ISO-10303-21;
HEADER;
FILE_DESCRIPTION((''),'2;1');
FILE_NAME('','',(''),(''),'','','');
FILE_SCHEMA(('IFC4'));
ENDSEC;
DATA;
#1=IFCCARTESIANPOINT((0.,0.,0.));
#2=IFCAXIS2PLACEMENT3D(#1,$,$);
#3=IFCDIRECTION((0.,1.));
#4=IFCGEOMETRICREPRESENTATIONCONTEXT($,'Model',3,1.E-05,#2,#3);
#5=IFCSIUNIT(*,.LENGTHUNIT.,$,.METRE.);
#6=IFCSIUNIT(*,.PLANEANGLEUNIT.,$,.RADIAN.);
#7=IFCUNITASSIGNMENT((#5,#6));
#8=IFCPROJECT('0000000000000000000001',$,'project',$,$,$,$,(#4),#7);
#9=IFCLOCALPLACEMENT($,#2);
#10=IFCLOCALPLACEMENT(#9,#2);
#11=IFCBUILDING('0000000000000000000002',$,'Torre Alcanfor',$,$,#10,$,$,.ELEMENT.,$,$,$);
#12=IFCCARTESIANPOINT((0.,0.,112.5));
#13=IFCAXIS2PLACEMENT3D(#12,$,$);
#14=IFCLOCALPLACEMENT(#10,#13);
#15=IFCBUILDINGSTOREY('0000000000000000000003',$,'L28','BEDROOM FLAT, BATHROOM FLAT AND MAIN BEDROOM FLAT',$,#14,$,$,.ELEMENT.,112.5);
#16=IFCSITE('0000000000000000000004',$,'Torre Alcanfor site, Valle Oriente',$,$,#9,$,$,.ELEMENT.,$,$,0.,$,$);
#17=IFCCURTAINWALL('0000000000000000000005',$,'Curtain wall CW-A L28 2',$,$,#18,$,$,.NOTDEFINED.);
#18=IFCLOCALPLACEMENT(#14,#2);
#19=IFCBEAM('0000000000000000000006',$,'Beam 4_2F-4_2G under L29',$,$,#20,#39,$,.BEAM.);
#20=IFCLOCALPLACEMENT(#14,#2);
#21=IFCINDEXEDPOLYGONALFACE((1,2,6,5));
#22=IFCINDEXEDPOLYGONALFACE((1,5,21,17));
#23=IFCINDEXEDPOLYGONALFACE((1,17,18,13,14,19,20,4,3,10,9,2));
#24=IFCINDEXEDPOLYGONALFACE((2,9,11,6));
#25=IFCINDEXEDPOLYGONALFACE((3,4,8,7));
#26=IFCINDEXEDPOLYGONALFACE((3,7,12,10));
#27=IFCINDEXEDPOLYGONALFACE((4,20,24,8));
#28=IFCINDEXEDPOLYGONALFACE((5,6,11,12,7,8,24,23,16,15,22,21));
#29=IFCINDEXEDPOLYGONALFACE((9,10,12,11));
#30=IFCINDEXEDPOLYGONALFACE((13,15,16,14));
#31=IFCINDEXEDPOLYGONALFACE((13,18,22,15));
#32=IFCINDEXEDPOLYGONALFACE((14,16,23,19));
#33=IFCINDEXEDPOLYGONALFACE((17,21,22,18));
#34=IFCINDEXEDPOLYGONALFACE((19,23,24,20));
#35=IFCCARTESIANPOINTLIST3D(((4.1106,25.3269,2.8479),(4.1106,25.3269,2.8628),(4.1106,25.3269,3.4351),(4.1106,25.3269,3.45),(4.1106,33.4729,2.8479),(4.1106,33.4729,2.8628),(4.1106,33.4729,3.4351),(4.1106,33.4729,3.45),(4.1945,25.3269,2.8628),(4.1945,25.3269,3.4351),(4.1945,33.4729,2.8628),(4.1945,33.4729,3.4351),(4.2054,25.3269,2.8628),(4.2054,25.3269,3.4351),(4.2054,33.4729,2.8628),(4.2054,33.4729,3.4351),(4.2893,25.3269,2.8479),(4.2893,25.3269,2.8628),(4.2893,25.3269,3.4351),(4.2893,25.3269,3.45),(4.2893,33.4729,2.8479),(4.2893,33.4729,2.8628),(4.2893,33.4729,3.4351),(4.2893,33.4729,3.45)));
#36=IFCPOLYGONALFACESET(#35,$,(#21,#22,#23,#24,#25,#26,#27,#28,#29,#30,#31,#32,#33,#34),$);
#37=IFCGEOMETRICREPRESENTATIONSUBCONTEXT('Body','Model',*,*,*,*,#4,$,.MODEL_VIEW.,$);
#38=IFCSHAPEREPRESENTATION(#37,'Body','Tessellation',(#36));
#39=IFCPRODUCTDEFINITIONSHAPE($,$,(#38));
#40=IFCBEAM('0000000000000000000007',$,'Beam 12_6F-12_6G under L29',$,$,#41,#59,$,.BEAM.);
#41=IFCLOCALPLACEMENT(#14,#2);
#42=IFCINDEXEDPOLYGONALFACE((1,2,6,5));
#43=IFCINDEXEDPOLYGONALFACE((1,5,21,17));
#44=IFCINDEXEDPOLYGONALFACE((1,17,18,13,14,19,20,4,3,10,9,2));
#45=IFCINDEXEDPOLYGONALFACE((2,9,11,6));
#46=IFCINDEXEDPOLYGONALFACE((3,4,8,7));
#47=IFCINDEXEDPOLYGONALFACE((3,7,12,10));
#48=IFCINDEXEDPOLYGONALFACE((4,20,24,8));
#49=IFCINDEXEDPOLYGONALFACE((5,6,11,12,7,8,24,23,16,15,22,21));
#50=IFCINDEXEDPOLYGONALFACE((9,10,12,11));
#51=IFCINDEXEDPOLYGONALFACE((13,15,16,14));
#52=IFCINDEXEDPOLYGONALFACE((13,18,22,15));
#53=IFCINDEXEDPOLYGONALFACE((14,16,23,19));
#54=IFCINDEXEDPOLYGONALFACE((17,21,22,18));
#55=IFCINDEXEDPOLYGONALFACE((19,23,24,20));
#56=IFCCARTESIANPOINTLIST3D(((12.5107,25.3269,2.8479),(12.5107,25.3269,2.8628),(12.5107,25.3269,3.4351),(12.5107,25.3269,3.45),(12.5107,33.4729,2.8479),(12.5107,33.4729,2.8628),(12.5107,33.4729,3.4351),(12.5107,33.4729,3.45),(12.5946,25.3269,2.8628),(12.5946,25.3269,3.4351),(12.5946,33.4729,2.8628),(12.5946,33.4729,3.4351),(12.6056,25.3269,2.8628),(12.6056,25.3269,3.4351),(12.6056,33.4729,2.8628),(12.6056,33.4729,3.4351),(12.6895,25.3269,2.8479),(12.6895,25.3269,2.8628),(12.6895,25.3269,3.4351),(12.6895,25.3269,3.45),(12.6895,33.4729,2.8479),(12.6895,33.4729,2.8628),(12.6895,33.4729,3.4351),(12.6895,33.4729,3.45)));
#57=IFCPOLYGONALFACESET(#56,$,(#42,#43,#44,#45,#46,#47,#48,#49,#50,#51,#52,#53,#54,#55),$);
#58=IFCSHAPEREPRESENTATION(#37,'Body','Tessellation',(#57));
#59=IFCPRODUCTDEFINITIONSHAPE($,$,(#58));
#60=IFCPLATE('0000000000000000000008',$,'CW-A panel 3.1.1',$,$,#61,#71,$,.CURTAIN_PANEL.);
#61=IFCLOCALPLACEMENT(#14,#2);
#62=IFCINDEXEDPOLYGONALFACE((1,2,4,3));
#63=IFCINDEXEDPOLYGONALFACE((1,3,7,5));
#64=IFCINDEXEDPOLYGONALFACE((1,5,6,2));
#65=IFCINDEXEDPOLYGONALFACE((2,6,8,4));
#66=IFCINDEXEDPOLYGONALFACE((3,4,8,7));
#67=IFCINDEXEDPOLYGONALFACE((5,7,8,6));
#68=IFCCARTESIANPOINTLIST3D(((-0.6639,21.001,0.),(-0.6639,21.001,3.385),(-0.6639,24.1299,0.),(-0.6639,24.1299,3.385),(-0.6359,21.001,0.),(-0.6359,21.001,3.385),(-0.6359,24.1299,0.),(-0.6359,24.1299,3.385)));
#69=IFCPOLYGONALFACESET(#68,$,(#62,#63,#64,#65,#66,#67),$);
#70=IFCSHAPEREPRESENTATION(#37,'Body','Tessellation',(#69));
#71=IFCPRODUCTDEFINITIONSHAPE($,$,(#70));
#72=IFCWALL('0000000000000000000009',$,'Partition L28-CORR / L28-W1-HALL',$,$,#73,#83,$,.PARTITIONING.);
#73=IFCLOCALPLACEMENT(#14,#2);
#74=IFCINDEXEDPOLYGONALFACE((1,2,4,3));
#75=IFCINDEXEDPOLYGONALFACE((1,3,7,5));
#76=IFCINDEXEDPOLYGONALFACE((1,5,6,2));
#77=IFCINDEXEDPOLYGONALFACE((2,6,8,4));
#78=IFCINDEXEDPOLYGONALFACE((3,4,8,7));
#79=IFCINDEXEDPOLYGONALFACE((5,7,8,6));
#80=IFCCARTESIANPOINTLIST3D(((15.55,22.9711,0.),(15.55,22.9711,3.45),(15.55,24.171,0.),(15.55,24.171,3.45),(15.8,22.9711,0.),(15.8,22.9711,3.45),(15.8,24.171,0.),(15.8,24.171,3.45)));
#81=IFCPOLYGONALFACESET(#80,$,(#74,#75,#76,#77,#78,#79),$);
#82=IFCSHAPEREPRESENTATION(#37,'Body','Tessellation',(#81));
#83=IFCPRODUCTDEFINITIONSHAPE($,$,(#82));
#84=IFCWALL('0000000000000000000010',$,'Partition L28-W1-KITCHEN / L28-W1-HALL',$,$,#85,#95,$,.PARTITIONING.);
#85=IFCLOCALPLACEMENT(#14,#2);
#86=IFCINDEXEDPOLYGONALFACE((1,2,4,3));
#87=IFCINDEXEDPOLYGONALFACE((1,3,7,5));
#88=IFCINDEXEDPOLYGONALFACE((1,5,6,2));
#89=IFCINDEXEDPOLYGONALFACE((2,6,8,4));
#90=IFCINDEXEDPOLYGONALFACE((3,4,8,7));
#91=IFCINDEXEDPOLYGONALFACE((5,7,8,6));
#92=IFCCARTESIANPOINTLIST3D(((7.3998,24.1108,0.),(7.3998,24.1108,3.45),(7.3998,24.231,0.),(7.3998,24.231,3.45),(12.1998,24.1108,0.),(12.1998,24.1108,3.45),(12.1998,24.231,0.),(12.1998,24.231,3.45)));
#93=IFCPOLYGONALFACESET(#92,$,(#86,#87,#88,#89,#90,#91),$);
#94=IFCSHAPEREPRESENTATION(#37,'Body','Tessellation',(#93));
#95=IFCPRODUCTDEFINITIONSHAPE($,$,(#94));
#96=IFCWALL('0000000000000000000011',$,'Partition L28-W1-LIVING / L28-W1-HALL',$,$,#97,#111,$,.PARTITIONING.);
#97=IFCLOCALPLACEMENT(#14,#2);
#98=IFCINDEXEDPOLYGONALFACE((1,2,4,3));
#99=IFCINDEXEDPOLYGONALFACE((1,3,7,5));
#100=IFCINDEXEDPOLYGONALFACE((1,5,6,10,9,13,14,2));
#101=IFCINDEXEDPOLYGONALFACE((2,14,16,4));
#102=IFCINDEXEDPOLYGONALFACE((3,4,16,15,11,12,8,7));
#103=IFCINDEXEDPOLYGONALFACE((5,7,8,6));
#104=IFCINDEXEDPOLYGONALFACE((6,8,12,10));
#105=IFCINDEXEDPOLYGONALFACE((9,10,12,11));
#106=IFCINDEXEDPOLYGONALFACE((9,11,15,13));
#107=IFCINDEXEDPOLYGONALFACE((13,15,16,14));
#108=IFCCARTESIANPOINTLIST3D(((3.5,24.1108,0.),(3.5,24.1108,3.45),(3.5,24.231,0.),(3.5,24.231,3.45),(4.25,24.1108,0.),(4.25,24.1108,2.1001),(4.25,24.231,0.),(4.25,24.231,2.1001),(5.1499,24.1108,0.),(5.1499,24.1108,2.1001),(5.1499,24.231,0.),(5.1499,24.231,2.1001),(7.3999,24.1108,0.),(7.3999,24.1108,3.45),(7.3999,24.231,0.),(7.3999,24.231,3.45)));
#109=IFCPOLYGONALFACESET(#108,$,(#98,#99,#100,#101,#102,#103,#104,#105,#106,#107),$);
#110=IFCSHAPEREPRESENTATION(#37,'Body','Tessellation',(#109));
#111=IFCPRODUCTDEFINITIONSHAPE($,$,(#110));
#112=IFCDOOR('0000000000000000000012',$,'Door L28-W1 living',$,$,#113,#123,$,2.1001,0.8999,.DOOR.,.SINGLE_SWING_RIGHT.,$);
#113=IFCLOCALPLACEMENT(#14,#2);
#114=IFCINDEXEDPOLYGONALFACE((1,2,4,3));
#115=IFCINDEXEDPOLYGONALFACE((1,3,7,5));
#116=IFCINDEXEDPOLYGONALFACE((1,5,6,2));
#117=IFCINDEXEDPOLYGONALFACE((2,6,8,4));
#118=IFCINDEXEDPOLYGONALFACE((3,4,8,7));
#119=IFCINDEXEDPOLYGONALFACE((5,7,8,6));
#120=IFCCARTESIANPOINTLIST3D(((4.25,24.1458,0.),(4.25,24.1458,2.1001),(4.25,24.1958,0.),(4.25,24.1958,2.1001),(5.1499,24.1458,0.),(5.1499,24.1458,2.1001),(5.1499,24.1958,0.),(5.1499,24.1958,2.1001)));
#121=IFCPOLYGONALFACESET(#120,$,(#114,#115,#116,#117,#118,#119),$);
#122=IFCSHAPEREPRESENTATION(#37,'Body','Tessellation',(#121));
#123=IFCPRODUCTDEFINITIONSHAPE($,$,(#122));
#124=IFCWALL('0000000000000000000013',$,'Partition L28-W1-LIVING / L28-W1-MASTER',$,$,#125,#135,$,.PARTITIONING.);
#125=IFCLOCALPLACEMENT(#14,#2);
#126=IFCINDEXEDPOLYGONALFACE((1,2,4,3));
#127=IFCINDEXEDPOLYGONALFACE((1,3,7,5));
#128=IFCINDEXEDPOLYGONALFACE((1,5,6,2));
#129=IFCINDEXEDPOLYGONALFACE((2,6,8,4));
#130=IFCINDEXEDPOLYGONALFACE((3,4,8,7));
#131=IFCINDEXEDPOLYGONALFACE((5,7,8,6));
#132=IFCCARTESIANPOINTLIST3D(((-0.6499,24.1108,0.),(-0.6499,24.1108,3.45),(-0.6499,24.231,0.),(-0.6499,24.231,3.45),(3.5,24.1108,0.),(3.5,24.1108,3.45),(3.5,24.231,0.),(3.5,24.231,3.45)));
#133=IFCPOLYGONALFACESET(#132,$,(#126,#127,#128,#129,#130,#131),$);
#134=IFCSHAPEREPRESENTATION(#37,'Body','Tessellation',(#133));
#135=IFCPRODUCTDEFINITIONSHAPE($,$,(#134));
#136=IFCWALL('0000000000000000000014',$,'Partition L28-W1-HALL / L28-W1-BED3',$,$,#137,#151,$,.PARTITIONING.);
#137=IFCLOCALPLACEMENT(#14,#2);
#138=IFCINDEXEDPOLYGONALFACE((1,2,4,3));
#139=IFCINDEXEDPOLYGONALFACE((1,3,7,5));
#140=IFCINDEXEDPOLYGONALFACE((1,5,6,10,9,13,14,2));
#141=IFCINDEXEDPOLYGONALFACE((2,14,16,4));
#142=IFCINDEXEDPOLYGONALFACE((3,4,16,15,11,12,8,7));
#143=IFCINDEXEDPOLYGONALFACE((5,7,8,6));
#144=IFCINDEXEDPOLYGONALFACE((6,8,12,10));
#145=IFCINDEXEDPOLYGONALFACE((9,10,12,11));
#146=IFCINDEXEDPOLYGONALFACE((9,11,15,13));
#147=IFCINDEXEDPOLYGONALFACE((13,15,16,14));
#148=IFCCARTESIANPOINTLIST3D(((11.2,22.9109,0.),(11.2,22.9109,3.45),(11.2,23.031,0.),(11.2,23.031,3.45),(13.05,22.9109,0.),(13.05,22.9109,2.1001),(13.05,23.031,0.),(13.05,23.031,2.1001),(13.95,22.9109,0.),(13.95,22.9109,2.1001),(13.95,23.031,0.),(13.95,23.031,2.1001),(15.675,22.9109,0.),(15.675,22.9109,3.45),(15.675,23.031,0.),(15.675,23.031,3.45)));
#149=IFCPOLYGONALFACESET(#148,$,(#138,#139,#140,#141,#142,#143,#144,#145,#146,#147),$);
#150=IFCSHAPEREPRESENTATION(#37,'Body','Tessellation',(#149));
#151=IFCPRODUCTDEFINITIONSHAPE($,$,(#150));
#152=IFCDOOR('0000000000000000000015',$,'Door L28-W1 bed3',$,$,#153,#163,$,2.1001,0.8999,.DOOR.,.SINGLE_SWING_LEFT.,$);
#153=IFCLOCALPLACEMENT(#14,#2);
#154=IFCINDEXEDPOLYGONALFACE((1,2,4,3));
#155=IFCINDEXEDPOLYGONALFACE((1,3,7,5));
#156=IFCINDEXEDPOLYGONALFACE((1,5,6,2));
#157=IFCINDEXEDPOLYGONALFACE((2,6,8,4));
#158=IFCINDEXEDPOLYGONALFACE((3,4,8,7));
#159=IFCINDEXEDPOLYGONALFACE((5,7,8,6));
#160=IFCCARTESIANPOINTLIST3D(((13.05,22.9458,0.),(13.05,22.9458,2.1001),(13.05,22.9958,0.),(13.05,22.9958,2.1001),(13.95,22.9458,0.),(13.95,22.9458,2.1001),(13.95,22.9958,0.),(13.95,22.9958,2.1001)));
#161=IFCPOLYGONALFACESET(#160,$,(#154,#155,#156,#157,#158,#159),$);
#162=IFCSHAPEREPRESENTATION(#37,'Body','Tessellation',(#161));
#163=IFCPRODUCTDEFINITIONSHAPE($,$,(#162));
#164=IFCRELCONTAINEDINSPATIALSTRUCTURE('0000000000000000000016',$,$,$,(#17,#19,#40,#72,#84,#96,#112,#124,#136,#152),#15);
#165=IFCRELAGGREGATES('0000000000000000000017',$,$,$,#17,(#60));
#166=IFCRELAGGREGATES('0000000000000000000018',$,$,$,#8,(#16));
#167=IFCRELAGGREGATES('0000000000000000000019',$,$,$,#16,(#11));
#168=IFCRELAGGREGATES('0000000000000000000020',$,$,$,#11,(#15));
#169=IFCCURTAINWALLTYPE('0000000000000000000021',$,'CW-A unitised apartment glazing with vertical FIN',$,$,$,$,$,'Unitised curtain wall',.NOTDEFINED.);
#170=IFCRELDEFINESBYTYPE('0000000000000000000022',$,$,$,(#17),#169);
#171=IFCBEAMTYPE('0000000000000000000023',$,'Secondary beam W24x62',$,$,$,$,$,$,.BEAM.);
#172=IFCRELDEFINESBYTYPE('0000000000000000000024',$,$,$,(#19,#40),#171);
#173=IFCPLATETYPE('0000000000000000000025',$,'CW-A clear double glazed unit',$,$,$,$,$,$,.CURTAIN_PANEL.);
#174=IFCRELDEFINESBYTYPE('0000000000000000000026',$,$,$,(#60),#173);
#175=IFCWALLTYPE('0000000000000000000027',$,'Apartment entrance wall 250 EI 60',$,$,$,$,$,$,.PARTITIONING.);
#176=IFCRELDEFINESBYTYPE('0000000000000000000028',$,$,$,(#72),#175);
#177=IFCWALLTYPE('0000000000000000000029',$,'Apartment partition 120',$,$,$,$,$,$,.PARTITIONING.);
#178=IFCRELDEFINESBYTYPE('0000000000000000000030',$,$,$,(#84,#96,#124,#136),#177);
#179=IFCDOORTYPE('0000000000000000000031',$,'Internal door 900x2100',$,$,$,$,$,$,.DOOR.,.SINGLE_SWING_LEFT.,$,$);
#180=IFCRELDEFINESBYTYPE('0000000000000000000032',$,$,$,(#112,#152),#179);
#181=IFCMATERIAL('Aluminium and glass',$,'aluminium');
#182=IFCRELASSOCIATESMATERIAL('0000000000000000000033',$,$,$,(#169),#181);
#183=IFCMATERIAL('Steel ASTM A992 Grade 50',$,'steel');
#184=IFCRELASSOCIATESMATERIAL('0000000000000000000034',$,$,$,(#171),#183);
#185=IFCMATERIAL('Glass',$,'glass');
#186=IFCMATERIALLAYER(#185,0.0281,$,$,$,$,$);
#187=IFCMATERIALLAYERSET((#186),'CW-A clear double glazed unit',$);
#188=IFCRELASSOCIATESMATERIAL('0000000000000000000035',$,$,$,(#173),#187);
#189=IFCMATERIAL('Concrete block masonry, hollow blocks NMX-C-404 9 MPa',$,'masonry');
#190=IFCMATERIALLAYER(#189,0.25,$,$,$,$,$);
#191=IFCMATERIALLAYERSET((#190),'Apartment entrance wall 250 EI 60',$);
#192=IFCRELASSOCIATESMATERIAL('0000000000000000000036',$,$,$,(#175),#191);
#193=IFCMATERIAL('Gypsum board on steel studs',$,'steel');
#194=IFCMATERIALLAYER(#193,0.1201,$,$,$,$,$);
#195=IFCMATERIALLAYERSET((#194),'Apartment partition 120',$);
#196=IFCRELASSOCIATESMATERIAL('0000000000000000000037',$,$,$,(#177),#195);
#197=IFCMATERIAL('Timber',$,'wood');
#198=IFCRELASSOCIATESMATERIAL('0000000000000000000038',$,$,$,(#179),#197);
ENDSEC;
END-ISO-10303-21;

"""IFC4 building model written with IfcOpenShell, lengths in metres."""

from ifc_helpers import new_model, si_unit, direction, frame, frame_2d, origin, origin_2d, place, context, subcontext, project, spatial, rectangle, i_section, extrude, material, layer, layer_set, material_profile, profile_set, type_object, element, fill, aggregate, save


model = new_model("IFC4")

# Units and contexts
model_context = context("Model", 3, precision=1e-05, world=origin(), true_north=direction((0.0, 1.0)))
body_context = subcontext(model_context, "Body", "Model", "MODEL_VIEW")
ifc_project = project(units=[si_unit("LENGTHUNIT", "METRE"), si_unit("PLANEANGLEUNIT", "RADIAN")], contexts=[model_context])

# Site, building, storey
site_placement = place(None, origin())
site = spatial("IfcSite", under=ifc_project, at=site_placement, Name="Torre Alcanfor site, Valle Oriente", CompositionType="ELEMENT", RefElevation=0.0)
building_placement = place(site_placement, origin())
building = spatial("IfcBuilding", under=site, at=building_placement, Name="Torre Alcanfor", CompositionType="ELEMENT")
storey_placement = place(building_placement, frame((0.0, 0.0, 112.5)))
storey = spatial("IfcBuildingStorey", under=building, at=storey_placement, Name="L28", Description="BEDROOM FLAT, BATHROOM FLAT AND MAIN BEDROOM FLAT", CompositionType="ELEMENT", Elevation=112.5)

# Curtain wall
ifc_material_1 = material(Name="Aluminium and glass", Category="aluminium")
curtain_wall_type = type_object("IfcCurtainWallType", Name="CW-A unitised apartment glazing with vertical FIN", ElementType="Unitised curtain wall", PredefinedType="NOTDEFINED", material=ifc_material_1)
curtain_wall_placement = place(storey_placement, origin())
curtain_wall = element("IfcCurtainWall", 1, at=curtain_wall_placement, inside=storey, type_object=curtain_wall_type, Name="Curtain wall CW-A L28 2", PredefinedType="NOTDEFINED")

# Beams
ifc_material_2 = material(Name="Steel ASTM A992 Grade 50", Category="steel")
ifc_material_profile_1 = material_profile(ifc_material_2, i_section(OverallWidth=0.1787, OverallDepth=0.6021, WebThickness=0.011, FlangeThickness=0.0149, at=origin_2d()), Name="W24x62")
ifc_profile_set_1 = profile_set([ifc_material_profile_1], Name="Steel ASTM A992 Grade 50")
beam_type_1 = type_object("IfcBeamType", Name="Secondary beam W24x62", PredefinedType="BEAM", material=ifc_profile_set_1)
for number, where, z_axis, x_axis, name in (
    (2, (4.2, 25.3269, 3.1489), (0.0, 1.0, 0.0), (-1.0, 0.0, 0.0), "Beam 4_2F-4_2G under L29"),
    (3, (12.6001, 25.3269, 3.1489), (0.0, 1.0, 0.0), (-1.0, 0.0, 0.0), "Beam 12_6F-12_6G under L29"),
):
    element("IfcBeam", number, at=place(storey_placement, frame(where, z_axis=z_axis, x_axis=x_axis)), inside=storey, type_object=beam_type_1, Name=name, PredefinedType="BEAM", context=body_context, shape_type="SweptSolid", body=[
        extrude(i_section(OverallWidth=0.1787, OverallDepth=0.6021, WebThickness=0.011, FlangeThickness=0.0149, at=origin_2d()), origin(), (0.0, 0.0, 1.0), 8.146),
    ])

# Plate
ifc_material_3 = material(Name="Glass", Category="glass")
ifc_layer_1 = layer(ifc_material_3, 0.0281)
ifc_layer_set_1 = layer_set([ifc_layer_1], Name="CW-A clear double glazed unit")
plate_type = type_object("IfcPlateType", Name="CW-A clear double glazed unit", PredefinedType="CURTAIN_PANEL", material=ifc_layer_set_1)
plate_placement = place(storey_placement, frame((-0.6499, 22.5654, 0.0), z_axis=(0.0, 0.0, 1.0), x_axis=(0.0, -1.0, 0.0)))
plate = element("IfcPlate", 4, at=plate_placement, type_object=plate_type, Name="CW-A panel 3.1.1", PredefinedType="CURTAIN_PANEL", context=body_context, shape_type="SweptSolid", body=[
    extrude(rectangle(XDim=3.1289, YDim=0.0281, at=origin_2d()), origin(), (0.0, 0.0, 1.0), 3.385),
])
aggregate(curtain_wall, [plate])

# Walls
ifc_material_4 = material(Name="Concrete block masonry, hollow blocks NMX-C-404 9 MPa", Category="masonry")
ifc_layer_2 = layer(ifc_material_4, 0.25)
ifc_layer_set_2 = layer_set([ifc_layer_2], Name="Apartment entrance wall 250 EI 60")
wall_type_1 = type_object("IfcWallType", Name="Apartment entrance wall 250 EI 60", PredefinedType="PARTITIONING", material=ifc_layer_set_2)
wall_1_placement = place(storey_placement, frame((15.675, 22.9709, 0.0), z_axis=(0.0, 0.0, 1.0), x_axis=(0.0, 1.0, 0.0)))
element("IfcWall", 5, at=wall_1_placement, inside=storey, type_object=wall_type_1, Name="Partition L28-CORR / L28-W1-HALL", PredefinedType="PARTITIONING", context=body_context, shape_type="SweptSolid", body=[
    extrude(rectangle(XDim=1.2, YDim=0.25, at=frame_2d((0.6001, 0.0))), origin(), (0.0, 0.0, 1.0), 3.45),
])
ifc_material_5 = material(Name="Gypsum board on steel studs", Category="steel")
ifc_layer_3 = layer(ifc_material_5, 0.1201)
ifc_layer_set_3 = layer_set([ifc_layer_3], Name="Apartment partition 120")
wall_type_2 = type_object("IfcWallType", Name="Apartment partition 120", PredefinedType="PARTITIONING", material=ifc_layer_set_3)
wall_2_placement = place(storey_placement, frame((7.3999, 24.1709, 0.0), z_axis=(0.0, 0.0, 1.0), x_axis=(1.0, 0.0, 0.0)))
element("IfcWall", 6, at=wall_2_placement, inside=storey, type_object=wall_type_2, Name="Partition L28-W1-KITCHEN / L28-W1-HALL", PredefinedType="PARTITIONING", context=body_context, shape_type="SweptSolid", body=[
    extrude(rectangle(XDim=4.8, YDim=0.1201, at=frame_2d((2.3999, 0.0))), origin(), (0.0, 0.0, 1.0), 3.45),
])

# Wall, opening, door
wall_3_placement = place(storey_placement, frame((3.5, 24.1709, 0.0), z_axis=(0.0, 0.0, 1.0), x_axis=(1.0, 0.0, 0.0)))
wall_3 = element("IfcWall", 7, at=wall_3_placement, inside=storey, type_object=wall_type_2, Name="Partition L28-W1-LIVING / L28-W1-HALL", PredefinedType="PARTITIONING", context=body_context, shape_type="SweptSolid", body=[
    extrude(rectangle(XDim=3.8999, YDim=0.1201, at=frame_2d((1.95, 0.0))), origin(), (0.0, 0.0, 1.0), 3.45),
])
opening_1_placement = place(wall_3_placement, frame((0.75, 0.0, 0.0)))
opening_1 = element("IfcOpeningElement", 8, at=opening_1_placement, cuts=wall_3, PredefinedType="OPENING", context=body_context, shape_type="SweptSolid", body=[
    extrude(rectangle(XDim=0.8999, YDim=2.1001, at=frame_2d((0.45, 1.05))), frame((0.0, 0.0701, 0.0), z_axis=(0.0, -1.0, 0.0), x_axis=(1.0, 0.0, 0.0)), (0.0, 0.0, 1.0), 0.1401),
])
ifc_material_6 = material(Name="Timber", Category="wood")
door_type_1 = type_object("IfcDoorType", Name="Internal door 900x2100", OperationType="SINGLE_SWING_LEFT", PredefinedType="DOOR", material=ifc_material_6)
door_1_placement = place(opening_1_placement, origin())
door_1 = element("IfcDoor", 9, at=door_1_placement, inside=storey, type_object=door_type_1, Name="Door L28-W1 living", OperationType="SINGLE_SWING_RIGHT", OverallHeight=2.1001, OverallWidth=0.8999, PredefinedType="DOOR", context=body_context, shape_type="SweptSolid", body=[
    extrude(rectangle(XDim=0.8999, YDim=2.1001, at=frame_2d((0.45, 1.05))), frame((0.0, 0.0249, 0.0), z_axis=(0.0, -1.0, 0.0), x_axis=(1.0, 0.0, 0.0)), (0.0, 0.0, 1.0), 0.05),
])
fill(opening_1, door_1)

# Wall
wall_4_placement = place(storey_placement, frame((-0.6499, 24.1709, 0.0), z_axis=(0.0, 0.0, 1.0), x_axis=(1.0, 0.0, 0.0)))
element("IfcWall", 10, at=wall_4_placement, inside=storey, type_object=wall_type_2, Name="Partition L28-W1-LIVING / L28-W1-MASTER", PredefinedType="PARTITIONING", context=body_context, shape_type="SweptSolid", body=[
    extrude(rectangle(XDim=4.1499, YDim=0.1201, at=frame_2d((2.075, 0.0))), origin(), (0.0, 0.0, 1.0), 3.45),
])

# Wall, opening, door
wall_5_placement = place(storey_placement, frame((11.2, 22.9709, 0.0), z_axis=(0.0, 0.0, 1.0), x_axis=(1.0, 0.0, 0.0)))
wall_5 = element("IfcWall", 11, at=wall_5_placement, inside=storey, type_object=wall_type_2, Name="Partition L28-W1-HALL / L28-W1-BED3", PredefinedType="PARTITIONING", context=body_context, shape_type="SweptSolid", body=[
    extrude(rectangle(XDim=4.4751, YDim=0.1201, at=frame_2d((2.2375, 0.0))), origin(), (0.0, 0.0, 1.0), 3.45),
])
opening_2_placement = place(wall_5_placement, frame((1.8501, 0.0, 0.0)))
opening_2 = element("IfcOpeningElement", 12, at=opening_2_placement, cuts=wall_5, PredefinedType="OPENING", context=body_context, shape_type="SweptSolid", body=[
    extrude(rectangle(XDim=0.8999, YDim=2.1001, at=frame_2d((0.45, 1.05))), frame((0.0, 0.0701, 0.0), z_axis=(0.0, -1.0, 0.0), x_axis=(1.0, 0.0, 0.0)), (0.0, 0.0, 1.0), 0.1401),
])
door_2_placement = place(opening_2_placement, frame((0.8999, 0.0, 0.0), z_axis=(0.0, 0.0, 1.0), x_axis=(-1.0, 0.0, 0.0)))
door_2 = element("IfcDoor", 13, at=door_2_placement, inside=storey, type_object=door_type_1, Name="Door L28-W1 bed3", OperationType="SINGLE_SWING_LEFT", OverallHeight=2.1001, OverallWidth=0.8999, PredefinedType="DOOR", context=body_context, shape_type="SweptSolid", body=[
    extrude(rectangle(XDim=0.8999, YDim=2.1001, at=frame_2d((0.45, 1.05))), frame((0.0, 0.0251, 0.0), z_axis=(0.0, -1.0, 0.0), x_axis=(1.0, 0.0, 0.0)), (0.0, 0.0, 1.0), 0.05),
])
fill(opening_2, door_2)

save(model, "model.ifc")
